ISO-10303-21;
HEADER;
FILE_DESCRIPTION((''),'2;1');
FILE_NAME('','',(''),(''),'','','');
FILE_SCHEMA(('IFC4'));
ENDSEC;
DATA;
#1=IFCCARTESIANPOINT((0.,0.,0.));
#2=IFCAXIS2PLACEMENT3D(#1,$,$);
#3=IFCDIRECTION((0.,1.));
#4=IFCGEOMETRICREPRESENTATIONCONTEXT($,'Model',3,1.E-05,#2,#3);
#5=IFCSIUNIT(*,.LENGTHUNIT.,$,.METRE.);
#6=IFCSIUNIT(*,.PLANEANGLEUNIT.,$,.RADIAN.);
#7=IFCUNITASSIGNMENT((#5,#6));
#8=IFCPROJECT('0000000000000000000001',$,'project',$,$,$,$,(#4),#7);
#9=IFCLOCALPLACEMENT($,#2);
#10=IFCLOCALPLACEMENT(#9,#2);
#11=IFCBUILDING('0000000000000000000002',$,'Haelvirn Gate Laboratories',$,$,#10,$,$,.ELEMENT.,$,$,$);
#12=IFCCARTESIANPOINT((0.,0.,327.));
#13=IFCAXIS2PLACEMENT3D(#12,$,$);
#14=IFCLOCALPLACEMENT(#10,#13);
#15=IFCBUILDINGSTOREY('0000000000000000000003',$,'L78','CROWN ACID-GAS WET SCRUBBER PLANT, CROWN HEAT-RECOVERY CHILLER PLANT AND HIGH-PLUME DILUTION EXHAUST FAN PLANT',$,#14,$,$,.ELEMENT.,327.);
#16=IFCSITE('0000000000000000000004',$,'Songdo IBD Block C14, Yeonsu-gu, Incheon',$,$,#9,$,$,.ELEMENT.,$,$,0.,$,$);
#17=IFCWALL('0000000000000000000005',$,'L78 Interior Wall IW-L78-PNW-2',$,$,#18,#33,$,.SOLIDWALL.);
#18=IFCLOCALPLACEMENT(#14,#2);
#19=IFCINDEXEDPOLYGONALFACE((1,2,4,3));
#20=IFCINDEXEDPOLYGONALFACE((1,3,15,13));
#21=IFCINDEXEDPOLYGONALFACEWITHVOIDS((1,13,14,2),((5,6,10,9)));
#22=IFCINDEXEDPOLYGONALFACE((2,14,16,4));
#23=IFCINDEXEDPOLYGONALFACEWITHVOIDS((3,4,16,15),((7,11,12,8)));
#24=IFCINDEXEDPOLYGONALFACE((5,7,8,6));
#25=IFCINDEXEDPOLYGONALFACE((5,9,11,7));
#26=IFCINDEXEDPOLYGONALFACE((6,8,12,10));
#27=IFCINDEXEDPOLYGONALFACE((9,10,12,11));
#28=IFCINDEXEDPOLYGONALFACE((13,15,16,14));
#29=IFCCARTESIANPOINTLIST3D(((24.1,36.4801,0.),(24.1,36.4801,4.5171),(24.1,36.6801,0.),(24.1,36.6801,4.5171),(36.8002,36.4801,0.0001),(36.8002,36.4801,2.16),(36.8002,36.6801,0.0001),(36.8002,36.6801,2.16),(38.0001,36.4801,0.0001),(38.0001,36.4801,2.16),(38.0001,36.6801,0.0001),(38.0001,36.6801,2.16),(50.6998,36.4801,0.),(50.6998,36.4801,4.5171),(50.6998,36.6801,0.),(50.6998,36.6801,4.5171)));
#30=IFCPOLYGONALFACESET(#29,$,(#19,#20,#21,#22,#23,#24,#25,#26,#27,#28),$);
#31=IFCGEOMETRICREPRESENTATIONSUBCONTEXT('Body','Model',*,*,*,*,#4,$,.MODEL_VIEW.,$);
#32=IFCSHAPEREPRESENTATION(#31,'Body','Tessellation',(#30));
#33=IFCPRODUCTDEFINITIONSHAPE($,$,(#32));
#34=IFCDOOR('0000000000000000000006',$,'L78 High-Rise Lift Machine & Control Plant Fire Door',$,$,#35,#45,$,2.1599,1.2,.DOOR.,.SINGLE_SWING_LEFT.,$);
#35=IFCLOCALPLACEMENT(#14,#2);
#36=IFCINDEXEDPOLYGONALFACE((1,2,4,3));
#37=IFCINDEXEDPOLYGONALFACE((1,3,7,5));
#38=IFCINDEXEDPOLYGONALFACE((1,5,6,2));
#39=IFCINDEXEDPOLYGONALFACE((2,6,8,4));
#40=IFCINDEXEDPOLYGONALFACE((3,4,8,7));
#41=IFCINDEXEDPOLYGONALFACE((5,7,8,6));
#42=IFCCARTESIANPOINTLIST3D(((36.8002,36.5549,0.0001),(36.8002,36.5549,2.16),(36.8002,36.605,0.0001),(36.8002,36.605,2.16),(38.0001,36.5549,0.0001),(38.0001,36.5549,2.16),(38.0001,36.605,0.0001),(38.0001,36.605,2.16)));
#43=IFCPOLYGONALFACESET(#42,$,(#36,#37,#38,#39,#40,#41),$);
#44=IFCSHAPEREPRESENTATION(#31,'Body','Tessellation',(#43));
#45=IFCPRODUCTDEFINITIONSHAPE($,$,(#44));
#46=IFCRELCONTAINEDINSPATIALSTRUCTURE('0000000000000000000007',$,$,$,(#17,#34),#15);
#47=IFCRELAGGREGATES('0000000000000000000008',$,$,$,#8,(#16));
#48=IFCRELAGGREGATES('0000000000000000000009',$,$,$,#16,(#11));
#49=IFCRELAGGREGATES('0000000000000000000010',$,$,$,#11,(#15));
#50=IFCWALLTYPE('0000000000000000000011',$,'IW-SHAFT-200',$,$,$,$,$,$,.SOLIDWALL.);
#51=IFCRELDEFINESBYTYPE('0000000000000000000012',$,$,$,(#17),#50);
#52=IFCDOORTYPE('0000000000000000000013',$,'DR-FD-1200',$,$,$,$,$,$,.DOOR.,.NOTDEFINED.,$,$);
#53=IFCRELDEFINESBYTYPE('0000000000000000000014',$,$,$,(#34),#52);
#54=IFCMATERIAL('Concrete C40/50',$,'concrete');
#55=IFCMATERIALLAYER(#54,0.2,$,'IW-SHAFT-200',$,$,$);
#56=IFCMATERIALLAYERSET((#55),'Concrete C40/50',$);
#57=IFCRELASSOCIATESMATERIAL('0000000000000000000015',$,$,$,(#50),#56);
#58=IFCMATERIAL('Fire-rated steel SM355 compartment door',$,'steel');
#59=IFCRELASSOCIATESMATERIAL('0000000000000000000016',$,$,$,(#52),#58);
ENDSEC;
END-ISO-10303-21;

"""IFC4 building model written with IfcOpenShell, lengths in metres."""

from ifc_helpers import new_model, si_unit, direction, frame, frame_2d, origin, place, context, subcontext, project, spatial, rectangle, extrude, source, transform, mapped, material, layer, layer_set, type_object, type_shapes, element, fill, save


model = new_model("IFC4")

# Units and contexts
model_context = context("Model", 3, precision=1e-05, world=origin(), true_north=direction((0.0, 1.0)))
body_context = subcontext(model_context, "Body", "Model", "MODEL_VIEW")
ifc_project = project(units=[si_unit("LENGTHUNIT", "METRE"), si_unit("PLANEANGLEUNIT", "RADIAN")], contexts=[model_context])

# Site, building, storey
site_placement = place(None, origin())
site = spatial("IfcSite", under=ifc_project, at=site_placement, Name="Songdo IBD Block C14, Yeonsu-gu, Incheon", CompositionType="ELEMENT", RefElevation=0.0)
building_placement = place(site_placement, origin())
building = spatial("IfcBuilding", under=site, at=building_placement, Name="Haelvirn Gate Laboratories", CompositionType="ELEMENT")
storey_placement = place(building_placement, frame((0.0, 0.0, 327.0)))
storey = spatial("IfcBuildingStorey", under=building, at=storey_placement, Name="L78", Description="CROWN ACID-GAS WET SCRUBBER PLANT, CROWN HEAT-RECOVERY CHILLER PLANT AND HIGH-PLUME DILUTION EXHAUST FAN PLANT", CompositionType="ELEMENT", Elevation=327.0)

# Wall, opening, door
ifc_material_1 = material(Name="Concrete C40/50", Category="concrete")
ifc_layer_1 = layer(ifc_material_1, 0.2, Name="IW-SHAFT-200")
ifc_layer_set_1 = layer_set([ifc_layer_1], Name="Concrete C40/50")
wall_type_1 = type_object("IfcWallType", Name="IW-SHAFT-200", PredefinedType="SOLIDWALL", material=ifc_layer_set_1)
wall_1_placement = place(storey_placement, frame((24.1001, 36.5801, 0.0), z_axis=(0.0, 0.0, 1.0), x_axis=(1.0, 0.0, 0.0)))
wall_1 = element("IfcWall", 1, at=wall_1_placement, inside=storey, type_object=wall_type_1, Name="L78 Interior Wall IW-L78-PNW-2", PredefinedType="SOLIDWALL", context=body_context, shape_type="SweptSolid", body=[
    extrude(rectangle(XDim=26.5999, YDim=0.2, at=frame_2d((13.2998, 0.0))), origin(), (0.0, 0.0, 1.0), 4.5171),
])
opening_placement = place(wall_1_placement, frame((12.7, 0.0, 0.0)))
opening = element("IfcOpeningElement", 2, at=opening_placement, cuts=wall_1, PredefinedType="OPENING", context=body_context, shape_type="SweptSolid", body=[
    extrude(rectangle(XDim=1.2, YDim=2.1599, at=frame_2d((0.6001, 1.0801))), frame((0.0, 0.1099, 0.0), z_axis=(0.0, -1.0, 0.0), x_axis=(1.0, 0.0, 0.0)), (0.0, 0.0, 1.0), 0.22),
])
ifc_material_2 = material(Name="Fire-rated steel SM355 compartment door", Category="steel")
door_type = type_object("IfcDoorType", Name="DR-FD-1200", OperationType="NOTDEFINED", PredefinedType="DOOR", material=ifc_material_2)
shared_shape_1 = source(origin(), body_context, "Body", "SweptSolid", [
    extrude(rectangle(XDim=1.2, YDim=2.1599, at=frame_2d((0.6001, 1.0801))), frame((0.0, 0.0249, 0.0), z_axis=(0.0, -1.0, 0.0), x_axis=(1.0, 0.0, 0.0)), (0.0, 0.0, 1.0), 0.05),
])
type_shapes(door_type, [shared_shape_1])
door_placement = place(opening_placement, origin())
door = element("IfcDoor", 3, at=door_placement, inside=storey, type_object=door_type, Name="L78 High-Rise Lift Machine & Control Plant Fire Door", OperationType="SINGLE_SWING_LEFT", OverallHeight=2.1599, OverallWidth=1.2, PredefinedType="DOOR", context=body_context, shape_type="MappedRepresentation", body=[
    mapped(shared_shape_1, transform((0.0, 0.0, 0.0), scale=1.0)),
])
fill(opening, door)

save(model, "model.ifc")
